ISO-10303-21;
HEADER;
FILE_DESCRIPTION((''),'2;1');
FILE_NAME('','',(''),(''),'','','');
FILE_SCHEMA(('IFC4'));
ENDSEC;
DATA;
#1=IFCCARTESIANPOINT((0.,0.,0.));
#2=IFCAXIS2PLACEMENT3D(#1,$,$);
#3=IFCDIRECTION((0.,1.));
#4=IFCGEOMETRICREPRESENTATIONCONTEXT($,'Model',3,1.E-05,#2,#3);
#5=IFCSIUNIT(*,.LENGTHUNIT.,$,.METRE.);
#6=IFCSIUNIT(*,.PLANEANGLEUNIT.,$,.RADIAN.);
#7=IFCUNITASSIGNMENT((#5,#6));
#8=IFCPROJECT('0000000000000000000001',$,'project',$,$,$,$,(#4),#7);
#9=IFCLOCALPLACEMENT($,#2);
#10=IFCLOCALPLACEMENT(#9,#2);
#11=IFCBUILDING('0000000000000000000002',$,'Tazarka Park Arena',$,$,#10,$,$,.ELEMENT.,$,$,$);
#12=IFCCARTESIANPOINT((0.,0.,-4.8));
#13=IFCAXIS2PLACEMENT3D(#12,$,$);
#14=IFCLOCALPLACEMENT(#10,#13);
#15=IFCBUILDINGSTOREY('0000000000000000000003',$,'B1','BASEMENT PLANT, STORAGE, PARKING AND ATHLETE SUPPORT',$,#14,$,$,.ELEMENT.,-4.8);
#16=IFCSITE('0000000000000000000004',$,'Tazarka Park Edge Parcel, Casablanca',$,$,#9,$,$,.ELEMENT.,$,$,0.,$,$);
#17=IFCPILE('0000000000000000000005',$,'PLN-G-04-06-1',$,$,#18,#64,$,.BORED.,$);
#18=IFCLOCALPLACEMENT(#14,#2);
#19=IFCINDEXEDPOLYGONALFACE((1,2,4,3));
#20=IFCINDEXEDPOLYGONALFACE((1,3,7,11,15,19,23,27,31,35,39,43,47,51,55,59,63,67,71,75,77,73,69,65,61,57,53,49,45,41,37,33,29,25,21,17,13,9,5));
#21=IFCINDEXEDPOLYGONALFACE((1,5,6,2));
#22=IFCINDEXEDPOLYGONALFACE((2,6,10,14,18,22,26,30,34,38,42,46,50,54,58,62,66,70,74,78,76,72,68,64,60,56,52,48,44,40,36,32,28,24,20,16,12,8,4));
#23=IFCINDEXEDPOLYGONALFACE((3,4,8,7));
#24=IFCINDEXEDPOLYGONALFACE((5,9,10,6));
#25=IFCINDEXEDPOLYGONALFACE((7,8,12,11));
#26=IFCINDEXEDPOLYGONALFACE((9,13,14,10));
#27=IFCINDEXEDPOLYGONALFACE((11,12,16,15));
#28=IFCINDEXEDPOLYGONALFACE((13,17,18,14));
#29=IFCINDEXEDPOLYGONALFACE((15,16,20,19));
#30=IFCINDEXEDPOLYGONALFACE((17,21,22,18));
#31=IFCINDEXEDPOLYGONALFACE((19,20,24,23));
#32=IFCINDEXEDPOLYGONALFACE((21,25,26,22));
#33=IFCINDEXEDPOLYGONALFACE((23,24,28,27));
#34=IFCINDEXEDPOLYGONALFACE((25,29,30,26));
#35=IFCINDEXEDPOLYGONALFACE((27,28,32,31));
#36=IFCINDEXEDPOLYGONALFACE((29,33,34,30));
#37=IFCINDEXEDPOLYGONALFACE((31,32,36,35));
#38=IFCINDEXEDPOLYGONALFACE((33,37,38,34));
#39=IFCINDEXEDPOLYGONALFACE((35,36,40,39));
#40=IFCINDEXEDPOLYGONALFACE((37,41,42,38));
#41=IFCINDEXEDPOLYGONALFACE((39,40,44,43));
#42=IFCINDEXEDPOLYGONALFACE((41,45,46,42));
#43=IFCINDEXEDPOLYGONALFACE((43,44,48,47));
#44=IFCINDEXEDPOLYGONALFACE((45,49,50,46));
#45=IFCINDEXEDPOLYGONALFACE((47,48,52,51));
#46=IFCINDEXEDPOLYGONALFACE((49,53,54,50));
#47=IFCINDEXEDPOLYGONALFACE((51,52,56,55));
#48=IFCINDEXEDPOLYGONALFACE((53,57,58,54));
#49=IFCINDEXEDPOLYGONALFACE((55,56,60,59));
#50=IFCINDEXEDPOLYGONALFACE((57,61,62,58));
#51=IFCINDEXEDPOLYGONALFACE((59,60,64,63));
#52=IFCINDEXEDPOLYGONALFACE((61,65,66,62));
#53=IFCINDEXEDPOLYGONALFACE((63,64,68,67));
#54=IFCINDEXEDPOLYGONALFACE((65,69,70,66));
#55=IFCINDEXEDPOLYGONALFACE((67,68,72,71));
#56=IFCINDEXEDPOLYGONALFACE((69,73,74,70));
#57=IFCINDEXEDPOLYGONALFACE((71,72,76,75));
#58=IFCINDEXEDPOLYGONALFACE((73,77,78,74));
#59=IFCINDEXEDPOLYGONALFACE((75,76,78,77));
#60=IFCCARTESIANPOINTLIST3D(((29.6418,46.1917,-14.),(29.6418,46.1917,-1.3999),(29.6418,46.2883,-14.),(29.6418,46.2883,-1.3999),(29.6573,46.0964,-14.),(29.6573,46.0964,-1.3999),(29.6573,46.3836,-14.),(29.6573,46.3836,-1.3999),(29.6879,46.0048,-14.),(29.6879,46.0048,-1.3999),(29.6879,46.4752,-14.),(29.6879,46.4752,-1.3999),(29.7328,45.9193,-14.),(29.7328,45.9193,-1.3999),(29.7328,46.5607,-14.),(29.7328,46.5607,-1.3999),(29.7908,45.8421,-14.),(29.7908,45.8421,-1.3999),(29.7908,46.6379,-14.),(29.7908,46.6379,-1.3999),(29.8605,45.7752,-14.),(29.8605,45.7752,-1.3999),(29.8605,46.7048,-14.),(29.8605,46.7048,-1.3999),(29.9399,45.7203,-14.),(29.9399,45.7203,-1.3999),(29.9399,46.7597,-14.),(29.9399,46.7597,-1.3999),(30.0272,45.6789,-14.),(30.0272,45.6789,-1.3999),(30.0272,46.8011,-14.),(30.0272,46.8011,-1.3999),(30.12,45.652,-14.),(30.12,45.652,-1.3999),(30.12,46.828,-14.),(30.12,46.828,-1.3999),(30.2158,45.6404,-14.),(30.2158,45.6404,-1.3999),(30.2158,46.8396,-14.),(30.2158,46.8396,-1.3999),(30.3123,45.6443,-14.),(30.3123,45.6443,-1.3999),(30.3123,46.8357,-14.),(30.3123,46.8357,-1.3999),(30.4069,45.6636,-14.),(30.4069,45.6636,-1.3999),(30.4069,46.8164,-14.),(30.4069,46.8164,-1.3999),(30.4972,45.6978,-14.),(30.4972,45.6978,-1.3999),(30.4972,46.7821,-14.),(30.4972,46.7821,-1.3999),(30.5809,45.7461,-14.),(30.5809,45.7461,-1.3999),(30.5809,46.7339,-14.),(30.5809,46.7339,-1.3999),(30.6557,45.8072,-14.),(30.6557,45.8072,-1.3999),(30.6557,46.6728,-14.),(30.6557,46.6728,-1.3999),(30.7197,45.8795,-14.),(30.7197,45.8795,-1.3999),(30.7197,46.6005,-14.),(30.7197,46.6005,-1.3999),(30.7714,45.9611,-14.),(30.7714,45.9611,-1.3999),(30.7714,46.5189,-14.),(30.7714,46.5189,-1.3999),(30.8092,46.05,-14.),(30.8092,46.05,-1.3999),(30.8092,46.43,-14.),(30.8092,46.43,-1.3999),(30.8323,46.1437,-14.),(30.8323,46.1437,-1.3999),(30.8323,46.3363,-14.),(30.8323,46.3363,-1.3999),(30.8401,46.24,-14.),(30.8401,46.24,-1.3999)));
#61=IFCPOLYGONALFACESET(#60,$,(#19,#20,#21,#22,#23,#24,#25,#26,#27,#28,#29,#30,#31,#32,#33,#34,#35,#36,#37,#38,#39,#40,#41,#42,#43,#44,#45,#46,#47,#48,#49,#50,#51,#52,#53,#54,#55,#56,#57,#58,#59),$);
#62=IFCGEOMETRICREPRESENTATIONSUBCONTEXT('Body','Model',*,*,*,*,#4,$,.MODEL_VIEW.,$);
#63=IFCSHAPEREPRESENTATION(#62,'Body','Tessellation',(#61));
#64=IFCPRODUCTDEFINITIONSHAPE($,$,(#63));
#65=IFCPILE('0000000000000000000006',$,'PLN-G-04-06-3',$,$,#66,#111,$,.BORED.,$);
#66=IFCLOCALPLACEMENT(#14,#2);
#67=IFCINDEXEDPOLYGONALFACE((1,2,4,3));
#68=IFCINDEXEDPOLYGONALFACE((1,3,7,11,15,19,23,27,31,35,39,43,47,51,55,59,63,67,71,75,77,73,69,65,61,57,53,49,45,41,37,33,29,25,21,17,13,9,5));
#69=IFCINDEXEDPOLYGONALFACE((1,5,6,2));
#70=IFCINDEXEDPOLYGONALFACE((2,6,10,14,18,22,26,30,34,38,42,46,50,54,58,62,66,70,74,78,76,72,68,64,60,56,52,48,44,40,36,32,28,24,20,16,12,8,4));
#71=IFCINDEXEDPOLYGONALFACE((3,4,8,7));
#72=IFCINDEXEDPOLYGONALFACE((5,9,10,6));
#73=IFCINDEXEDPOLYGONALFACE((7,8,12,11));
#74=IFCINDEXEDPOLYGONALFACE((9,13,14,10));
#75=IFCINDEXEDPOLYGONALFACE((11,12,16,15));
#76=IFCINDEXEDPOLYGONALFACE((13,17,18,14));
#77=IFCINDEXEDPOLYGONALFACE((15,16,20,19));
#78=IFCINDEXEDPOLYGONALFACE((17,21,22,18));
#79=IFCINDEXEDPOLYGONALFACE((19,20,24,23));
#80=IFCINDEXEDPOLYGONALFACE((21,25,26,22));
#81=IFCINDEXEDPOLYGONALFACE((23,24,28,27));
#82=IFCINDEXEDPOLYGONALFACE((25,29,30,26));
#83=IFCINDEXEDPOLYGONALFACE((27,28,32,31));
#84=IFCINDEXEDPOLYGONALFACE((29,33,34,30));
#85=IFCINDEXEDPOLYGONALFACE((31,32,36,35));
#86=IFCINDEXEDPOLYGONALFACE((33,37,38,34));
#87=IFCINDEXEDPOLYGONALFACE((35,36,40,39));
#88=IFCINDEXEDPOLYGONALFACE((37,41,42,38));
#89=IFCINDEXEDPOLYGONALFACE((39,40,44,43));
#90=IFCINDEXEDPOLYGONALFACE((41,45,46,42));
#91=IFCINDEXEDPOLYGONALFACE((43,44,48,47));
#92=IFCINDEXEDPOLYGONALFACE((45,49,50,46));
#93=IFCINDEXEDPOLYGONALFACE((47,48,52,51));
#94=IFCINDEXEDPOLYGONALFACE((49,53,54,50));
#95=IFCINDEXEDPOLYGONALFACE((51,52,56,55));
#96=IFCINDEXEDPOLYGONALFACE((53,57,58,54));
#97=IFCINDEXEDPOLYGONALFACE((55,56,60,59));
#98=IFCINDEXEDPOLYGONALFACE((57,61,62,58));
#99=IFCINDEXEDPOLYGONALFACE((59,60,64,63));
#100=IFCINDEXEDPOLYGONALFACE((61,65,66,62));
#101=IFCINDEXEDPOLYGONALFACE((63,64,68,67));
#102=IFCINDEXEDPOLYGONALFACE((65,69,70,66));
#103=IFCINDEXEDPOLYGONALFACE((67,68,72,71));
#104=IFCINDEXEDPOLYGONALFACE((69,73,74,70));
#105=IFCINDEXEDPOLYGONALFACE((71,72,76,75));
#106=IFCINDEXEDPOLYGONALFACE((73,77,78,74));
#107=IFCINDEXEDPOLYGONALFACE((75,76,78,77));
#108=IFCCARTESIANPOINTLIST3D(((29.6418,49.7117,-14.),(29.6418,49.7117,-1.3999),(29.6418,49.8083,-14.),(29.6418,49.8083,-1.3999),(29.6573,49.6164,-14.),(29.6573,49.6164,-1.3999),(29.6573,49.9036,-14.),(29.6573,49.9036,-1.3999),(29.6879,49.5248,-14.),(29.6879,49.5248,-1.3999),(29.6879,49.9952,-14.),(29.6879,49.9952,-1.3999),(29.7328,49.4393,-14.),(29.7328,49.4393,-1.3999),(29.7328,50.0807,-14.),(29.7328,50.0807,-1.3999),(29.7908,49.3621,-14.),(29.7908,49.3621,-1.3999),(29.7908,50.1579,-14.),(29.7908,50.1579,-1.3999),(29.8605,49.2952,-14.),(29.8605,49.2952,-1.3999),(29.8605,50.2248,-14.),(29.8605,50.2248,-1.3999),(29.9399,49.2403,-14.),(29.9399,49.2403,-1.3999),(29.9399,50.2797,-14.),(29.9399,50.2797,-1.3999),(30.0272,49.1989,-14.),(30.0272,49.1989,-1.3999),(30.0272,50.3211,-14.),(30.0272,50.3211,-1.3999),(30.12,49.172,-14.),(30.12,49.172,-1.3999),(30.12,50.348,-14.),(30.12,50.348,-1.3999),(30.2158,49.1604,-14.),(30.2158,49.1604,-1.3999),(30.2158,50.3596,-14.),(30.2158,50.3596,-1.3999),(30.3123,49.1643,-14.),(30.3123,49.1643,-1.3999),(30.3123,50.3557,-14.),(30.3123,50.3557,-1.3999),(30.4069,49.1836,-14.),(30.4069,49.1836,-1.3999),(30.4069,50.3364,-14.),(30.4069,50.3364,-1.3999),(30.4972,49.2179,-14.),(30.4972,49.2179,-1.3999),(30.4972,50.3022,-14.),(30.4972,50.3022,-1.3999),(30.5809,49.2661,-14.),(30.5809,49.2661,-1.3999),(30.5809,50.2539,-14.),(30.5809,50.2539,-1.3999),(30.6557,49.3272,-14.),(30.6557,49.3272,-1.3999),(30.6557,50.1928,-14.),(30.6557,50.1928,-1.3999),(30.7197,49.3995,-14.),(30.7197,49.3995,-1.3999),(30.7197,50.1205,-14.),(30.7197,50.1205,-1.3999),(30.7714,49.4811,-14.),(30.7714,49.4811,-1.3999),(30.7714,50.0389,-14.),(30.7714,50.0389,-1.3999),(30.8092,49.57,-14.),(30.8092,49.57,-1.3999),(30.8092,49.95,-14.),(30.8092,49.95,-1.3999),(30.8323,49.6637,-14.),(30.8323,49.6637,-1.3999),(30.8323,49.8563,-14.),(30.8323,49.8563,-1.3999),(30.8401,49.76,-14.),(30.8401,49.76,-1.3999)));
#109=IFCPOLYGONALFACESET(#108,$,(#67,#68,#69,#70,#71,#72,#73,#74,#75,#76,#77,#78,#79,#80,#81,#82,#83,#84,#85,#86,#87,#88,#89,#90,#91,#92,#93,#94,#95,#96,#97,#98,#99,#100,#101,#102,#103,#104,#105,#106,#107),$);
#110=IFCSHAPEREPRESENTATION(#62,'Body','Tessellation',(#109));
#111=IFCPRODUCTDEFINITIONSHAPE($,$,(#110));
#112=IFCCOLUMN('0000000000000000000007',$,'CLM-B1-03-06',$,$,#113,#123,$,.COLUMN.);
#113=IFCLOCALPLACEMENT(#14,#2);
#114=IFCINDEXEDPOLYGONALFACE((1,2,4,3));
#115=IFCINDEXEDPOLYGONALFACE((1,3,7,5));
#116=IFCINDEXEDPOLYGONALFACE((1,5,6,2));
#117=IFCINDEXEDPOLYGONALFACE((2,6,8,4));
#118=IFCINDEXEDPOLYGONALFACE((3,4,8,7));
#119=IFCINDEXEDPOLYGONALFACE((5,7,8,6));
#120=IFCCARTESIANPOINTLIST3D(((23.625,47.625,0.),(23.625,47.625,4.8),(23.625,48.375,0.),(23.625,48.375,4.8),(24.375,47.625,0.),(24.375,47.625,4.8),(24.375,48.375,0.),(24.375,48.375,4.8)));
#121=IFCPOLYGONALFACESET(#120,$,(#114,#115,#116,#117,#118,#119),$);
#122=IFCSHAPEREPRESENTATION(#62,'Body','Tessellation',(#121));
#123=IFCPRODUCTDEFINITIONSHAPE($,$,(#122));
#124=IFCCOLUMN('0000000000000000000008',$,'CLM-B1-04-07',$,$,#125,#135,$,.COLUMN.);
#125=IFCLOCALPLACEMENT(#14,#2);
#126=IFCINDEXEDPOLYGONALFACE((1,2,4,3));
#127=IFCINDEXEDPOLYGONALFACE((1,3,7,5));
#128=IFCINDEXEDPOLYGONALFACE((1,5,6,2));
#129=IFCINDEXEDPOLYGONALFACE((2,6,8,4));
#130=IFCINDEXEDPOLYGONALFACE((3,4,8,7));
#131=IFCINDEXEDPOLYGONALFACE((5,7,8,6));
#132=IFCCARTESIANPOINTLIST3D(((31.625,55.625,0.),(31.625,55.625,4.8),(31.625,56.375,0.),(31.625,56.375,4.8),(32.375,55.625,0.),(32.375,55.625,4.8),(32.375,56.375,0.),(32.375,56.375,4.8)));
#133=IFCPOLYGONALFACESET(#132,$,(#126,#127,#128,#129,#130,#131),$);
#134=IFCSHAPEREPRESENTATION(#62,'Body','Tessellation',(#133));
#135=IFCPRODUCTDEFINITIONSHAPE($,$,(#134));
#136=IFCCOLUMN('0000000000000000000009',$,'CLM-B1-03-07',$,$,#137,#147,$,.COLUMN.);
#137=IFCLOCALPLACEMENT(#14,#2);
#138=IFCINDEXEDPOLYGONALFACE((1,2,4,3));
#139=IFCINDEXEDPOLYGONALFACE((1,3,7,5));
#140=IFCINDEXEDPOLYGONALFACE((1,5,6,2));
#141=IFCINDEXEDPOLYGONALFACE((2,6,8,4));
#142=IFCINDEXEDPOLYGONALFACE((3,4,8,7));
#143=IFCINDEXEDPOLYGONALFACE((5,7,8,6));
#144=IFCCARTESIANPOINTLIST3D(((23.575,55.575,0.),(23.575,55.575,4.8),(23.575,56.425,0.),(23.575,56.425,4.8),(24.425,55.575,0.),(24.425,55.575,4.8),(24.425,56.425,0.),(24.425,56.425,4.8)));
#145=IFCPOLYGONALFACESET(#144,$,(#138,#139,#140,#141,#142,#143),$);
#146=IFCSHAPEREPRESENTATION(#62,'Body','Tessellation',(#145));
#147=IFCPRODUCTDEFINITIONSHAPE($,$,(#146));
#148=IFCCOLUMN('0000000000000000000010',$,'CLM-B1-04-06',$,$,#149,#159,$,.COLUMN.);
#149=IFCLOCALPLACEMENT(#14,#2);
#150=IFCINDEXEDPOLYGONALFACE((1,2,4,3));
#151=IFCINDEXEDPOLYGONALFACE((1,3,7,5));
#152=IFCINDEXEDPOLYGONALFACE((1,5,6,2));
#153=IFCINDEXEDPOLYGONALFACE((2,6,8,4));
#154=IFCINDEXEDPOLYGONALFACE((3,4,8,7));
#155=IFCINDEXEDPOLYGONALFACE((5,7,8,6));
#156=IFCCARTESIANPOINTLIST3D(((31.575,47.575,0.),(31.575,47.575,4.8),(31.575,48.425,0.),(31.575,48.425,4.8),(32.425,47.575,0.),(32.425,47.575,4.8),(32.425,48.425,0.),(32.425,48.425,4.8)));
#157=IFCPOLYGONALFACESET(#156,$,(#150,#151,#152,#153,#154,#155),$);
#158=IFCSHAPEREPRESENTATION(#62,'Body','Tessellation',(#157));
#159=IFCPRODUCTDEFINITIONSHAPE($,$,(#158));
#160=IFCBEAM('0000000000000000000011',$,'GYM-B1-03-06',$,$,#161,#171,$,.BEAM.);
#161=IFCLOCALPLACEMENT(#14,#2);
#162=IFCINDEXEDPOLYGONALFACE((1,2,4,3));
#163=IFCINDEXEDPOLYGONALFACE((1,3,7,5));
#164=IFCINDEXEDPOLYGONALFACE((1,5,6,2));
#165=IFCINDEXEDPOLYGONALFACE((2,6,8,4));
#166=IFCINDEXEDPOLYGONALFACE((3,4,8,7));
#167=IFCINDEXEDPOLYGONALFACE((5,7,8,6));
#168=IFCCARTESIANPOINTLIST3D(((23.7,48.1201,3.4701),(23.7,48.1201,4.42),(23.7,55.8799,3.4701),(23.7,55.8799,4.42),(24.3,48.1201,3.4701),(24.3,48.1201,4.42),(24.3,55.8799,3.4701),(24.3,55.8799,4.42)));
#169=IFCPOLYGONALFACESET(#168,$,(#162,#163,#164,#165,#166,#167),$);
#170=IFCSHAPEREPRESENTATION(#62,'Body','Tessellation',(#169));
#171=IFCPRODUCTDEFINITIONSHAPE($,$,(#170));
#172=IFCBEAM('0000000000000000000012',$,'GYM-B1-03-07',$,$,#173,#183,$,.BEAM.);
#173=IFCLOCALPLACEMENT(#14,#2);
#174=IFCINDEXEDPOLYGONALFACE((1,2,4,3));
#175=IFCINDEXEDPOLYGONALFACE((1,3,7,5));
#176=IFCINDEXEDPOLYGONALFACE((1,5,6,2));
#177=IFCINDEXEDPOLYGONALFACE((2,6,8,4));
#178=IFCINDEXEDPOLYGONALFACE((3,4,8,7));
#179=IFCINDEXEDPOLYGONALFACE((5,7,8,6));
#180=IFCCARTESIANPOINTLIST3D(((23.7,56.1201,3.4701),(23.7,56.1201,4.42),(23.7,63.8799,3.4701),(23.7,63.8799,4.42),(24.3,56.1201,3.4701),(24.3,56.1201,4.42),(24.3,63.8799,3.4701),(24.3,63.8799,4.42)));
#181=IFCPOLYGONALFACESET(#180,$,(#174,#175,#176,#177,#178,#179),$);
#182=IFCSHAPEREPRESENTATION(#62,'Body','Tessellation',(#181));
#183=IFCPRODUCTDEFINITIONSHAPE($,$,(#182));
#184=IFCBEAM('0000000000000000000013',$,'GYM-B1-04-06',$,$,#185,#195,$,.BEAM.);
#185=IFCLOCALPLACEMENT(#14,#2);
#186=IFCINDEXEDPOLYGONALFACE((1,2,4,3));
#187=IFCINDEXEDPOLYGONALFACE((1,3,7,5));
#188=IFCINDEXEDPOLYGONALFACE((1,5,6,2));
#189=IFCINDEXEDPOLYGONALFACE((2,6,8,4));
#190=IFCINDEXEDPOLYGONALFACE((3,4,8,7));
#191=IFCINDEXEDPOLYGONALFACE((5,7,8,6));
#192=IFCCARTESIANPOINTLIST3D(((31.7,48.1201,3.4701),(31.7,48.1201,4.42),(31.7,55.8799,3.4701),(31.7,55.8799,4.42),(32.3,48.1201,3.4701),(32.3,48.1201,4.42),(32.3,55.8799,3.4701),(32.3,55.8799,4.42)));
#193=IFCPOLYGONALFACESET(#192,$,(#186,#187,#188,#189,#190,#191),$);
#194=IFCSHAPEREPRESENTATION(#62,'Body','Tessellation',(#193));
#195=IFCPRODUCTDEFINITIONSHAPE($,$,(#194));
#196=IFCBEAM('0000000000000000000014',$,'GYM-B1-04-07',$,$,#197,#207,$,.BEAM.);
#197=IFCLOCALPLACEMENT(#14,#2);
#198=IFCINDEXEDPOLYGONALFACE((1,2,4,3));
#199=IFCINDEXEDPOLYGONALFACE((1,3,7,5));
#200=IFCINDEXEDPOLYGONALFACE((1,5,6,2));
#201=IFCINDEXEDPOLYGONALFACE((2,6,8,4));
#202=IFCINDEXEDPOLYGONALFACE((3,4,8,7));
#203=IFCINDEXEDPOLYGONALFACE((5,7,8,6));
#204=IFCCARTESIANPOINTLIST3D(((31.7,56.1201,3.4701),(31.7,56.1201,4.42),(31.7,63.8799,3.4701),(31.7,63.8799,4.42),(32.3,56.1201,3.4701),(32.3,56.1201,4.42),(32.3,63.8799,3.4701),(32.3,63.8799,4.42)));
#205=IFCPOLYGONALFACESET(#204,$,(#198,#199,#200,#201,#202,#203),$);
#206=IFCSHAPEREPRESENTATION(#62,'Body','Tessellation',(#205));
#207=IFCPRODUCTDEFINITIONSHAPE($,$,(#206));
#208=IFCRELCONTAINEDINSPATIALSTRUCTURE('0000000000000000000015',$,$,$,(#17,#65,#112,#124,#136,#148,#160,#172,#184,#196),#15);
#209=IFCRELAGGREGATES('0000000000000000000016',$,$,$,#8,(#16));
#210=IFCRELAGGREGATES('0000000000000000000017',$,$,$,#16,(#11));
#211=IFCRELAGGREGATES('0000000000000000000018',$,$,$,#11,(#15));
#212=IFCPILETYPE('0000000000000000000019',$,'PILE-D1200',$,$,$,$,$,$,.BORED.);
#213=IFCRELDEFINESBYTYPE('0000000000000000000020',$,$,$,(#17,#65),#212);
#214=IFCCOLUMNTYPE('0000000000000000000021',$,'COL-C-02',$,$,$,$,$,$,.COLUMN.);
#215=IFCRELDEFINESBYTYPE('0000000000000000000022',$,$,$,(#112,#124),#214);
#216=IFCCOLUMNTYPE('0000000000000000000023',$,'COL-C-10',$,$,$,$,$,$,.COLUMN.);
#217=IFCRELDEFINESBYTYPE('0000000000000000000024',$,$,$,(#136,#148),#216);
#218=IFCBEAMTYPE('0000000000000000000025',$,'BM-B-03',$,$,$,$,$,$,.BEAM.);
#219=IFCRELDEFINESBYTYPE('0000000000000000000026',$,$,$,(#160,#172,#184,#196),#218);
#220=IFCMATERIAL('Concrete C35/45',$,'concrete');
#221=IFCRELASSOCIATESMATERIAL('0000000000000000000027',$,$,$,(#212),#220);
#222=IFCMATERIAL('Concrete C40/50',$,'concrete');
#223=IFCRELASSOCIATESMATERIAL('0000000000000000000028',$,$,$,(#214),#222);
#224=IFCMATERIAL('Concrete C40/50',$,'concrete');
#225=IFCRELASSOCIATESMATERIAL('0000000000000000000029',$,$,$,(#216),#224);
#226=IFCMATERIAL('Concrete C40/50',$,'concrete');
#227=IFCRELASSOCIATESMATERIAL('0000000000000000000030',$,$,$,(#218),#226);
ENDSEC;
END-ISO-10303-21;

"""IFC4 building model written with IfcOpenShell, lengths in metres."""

from ifc_helpers import new_model, si_unit, direction, frame, origin, origin_2d, place, context, subcontext, project, spatial, rectangle, circle, extrude, material, material_profile, profile_set, type_object, element, save


model = new_model("IFC4")

# Units and contexts
model_context = context("Model", 3, precision=1e-05, world=origin(), true_north=direction((0.0, 1.0)))
body_context = subcontext(model_context, "Body", "Model", "MODEL_VIEW")
ifc_project = project(units=[si_unit("LENGTHUNIT", "METRE"), si_unit("PLANEANGLEUNIT", "RADIAN")], contexts=[model_context])

# Site, building, storey
site_placement = place(None, origin())
site = spatial("IfcSite", under=ifc_project, at=site_placement, Name="Tazarka Park Edge Parcel, Casablanca", CompositionType="ELEMENT", RefElevation=0.0)
building_placement = place(site_placement, origin())
building = spatial("IfcBuilding", under=site, at=building_placement, Name="Tazarka Park Arena", CompositionType="ELEMENT")
storey_placement = place(building_placement, frame((0.0, 0.0, -4.8)))
storey = spatial("IfcBuildingStorey", under=building, at=storey_placement, Name="B1", Description="BASEMENT PLANT, STORAGE, PARKING AND ATHLETE SUPPORT", CompositionType="ELEMENT", Elevation=-4.8)

# Piles
ifc_material_1 = material(Name="Concrete C35/45", Category="concrete")
ifc_material_profile_1 = material_profile(ifc_material_1, circle(Radius=0.6001, at=origin_2d()), Name="Concrete C35/45")
ifc_profile_set_1 = profile_set([ifc_material_profile_1], Name="Concrete C35/45")
pile_type_1 = type_object("IfcPileType", Name="PILE-D1200", PredefinedType="BORED", material=ifc_profile_set_1)
for number, where, z_axis, x_axis, name in (
    (1, (30.24, 46.24, -1.3999), (0.0, 0.0, -1.0), (1.0, 0.0, 0.0), "PLN-G-04-06-1"),
    (2, (30.24, 49.76, -1.3999), (0.0, 0.0, -1.0), (1.0, 0.0, 0.0), "PLN-G-04-06-3"),
):
    element("IfcPile", number, at=place(storey_placement, frame(where, z_axis=z_axis, x_axis=x_axis)), inside=storey, type_object=pile_type_1, Name=name, PredefinedType="BORED", context=body_context, shape_type="SweptSolid", body=[
        extrude(circle(Radius=0.6001, at=origin_2d()), origin(), (0.0, 0.0, 1.0), 12.6001),
    ])

# Columns
ifc_material_2 = material(Name="Concrete C40/50", Category="concrete")
ifc_material_profile_2 = material_profile(ifc_material_2, rectangle(XDim=0.75, YDim=0.75, at=origin_2d()), Name="Concrete C40/50")
ifc_profile_set_2 = profile_set([ifc_material_profile_2], Name="Concrete C40/50")
column_type_1 = type_object("IfcColumnType", Name="COL-C-02", PredefinedType="COLUMN", material=ifc_profile_set_2)
for number, where, z_axis, x_axis, name in (
    (3, (24.0, 48.0, 0.0), (0.0, 0.0, 1.0), (1.0, 0.0, 0.0), "CLM-B1-03-06"),
    (4, (32.0, 56.0, 0.0), (0.0, 0.0, 1.0), (1.0, 0.0, 0.0), "CLM-B1-04-07"),
):
    element("IfcColumn", number, at=place(storey_placement, frame(where, z_axis=z_axis, x_axis=x_axis)), inside=storey, type_object=column_type_1, Name=name, PredefinedType="COLUMN", context=body_context, shape_type="SweptSolid", body=[
        extrude(rectangle(XDim=0.75, YDim=0.75, at=origin_2d()), origin(), (0.0, 0.0, 1.0), 4.8),
    ])
ifc_material_3 = material(Name="Concrete C40/50", Category="concrete")
ifc_material_profile_3 = material_profile(ifc_material_3, rectangle(XDim=0.8501, YDim=0.8501, at=origin_2d()), Name="Concrete C40/50")
ifc_profile_set_3 = profile_set([ifc_material_profile_3], Name="Concrete C40/50")
column_type_2 = type_object("IfcColumnType", Name="COL-C-10", PredefinedType="COLUMN", material=ifc_profile_set_3)
for number, where, z_axis, x_axis, name in (
    (5, (24.0, 56.0, 0.0), (0.0, 0.0, 1.0), (1.0, 0.0, 0.0), "CLM-B1-03-07"),
    (6, (32.0, 48.0, 0.0), (0.0, 0.0, 1.0), (1.0, 0.0, 0.0), "CLM-B1-04-06"),
):
    element("IfcColumn", number, at=place(storey_placement, frame(where, z_axis=z_axis, x_axis=x_axis)), inside=storey, type_object=column_type_2, Name=name, PredefinedType="COLUMN", context=body_context, shape_type="SweptSolid", body=[
        extrude(rectangle(XDim=0.8501, YDim=0.8501, at=origin_2d()), origin(), (0.0, 0.0, 1.0), 4.8),
    ])

# Beams
ifc_material_4 = material(Name="Concrete C40/50", Category="concrete")
ifc_material_profile_4 = material_profile(ifc_material_4, rectangle(XDim=0.6001, YDim=0.95, at=origin_2d()), Name="Concrete C40/50")
ifc_profile_set_4 = profile_set([ifc_material_profile_4], Name="Concrete C40/50")
beam_type_1 = type_object("IfcBeamType", Name="BM-B-03", PredefinedType="BEAM", material=ifc_profile_set_4)
for number, where, z_axis, x_axis, name in (
    (7, (24.0, 48.1201, 3.9451), (0.0, 1.0, 0.0), (-1.0, 0.0, 0.0), "GYM-B1-03-06"),
    (8, (24.0, 56.1201, 3.9451), (0.0, 1.0, 0.0), (-1.0, 0.0, 0.0), "GYM-B1-03-07"),
    (9, (32.0, 48.1201, 3.9451), (0.0, 1.0, 0.0), (-1.0, 0.0, 0.0), "GYM-B1-04-06"),
    (10, (32.0, 56.1201, 3.9451), (0.0, 1.0, 0.0), (-1.0, 0.0, 0.0), "GYM-B1-04-07"),
):
    element("IfcBeam", number, at=place(storey_placement, frame(where, z_axis=z_axis, x_axis=x_axis)), inside=storey, type_object=beam_type_1, Name=name, PredefinedType="BEAM", context=body_context, shape_type="SweptSolid", body=[
        extrude(rectangle(XDim=0.6001, YDim=0.95, at=origin_2d()), origin(), (0.0, 0.0, 1.0), 7.7598),
    ])

save(model, "model.ifc")
